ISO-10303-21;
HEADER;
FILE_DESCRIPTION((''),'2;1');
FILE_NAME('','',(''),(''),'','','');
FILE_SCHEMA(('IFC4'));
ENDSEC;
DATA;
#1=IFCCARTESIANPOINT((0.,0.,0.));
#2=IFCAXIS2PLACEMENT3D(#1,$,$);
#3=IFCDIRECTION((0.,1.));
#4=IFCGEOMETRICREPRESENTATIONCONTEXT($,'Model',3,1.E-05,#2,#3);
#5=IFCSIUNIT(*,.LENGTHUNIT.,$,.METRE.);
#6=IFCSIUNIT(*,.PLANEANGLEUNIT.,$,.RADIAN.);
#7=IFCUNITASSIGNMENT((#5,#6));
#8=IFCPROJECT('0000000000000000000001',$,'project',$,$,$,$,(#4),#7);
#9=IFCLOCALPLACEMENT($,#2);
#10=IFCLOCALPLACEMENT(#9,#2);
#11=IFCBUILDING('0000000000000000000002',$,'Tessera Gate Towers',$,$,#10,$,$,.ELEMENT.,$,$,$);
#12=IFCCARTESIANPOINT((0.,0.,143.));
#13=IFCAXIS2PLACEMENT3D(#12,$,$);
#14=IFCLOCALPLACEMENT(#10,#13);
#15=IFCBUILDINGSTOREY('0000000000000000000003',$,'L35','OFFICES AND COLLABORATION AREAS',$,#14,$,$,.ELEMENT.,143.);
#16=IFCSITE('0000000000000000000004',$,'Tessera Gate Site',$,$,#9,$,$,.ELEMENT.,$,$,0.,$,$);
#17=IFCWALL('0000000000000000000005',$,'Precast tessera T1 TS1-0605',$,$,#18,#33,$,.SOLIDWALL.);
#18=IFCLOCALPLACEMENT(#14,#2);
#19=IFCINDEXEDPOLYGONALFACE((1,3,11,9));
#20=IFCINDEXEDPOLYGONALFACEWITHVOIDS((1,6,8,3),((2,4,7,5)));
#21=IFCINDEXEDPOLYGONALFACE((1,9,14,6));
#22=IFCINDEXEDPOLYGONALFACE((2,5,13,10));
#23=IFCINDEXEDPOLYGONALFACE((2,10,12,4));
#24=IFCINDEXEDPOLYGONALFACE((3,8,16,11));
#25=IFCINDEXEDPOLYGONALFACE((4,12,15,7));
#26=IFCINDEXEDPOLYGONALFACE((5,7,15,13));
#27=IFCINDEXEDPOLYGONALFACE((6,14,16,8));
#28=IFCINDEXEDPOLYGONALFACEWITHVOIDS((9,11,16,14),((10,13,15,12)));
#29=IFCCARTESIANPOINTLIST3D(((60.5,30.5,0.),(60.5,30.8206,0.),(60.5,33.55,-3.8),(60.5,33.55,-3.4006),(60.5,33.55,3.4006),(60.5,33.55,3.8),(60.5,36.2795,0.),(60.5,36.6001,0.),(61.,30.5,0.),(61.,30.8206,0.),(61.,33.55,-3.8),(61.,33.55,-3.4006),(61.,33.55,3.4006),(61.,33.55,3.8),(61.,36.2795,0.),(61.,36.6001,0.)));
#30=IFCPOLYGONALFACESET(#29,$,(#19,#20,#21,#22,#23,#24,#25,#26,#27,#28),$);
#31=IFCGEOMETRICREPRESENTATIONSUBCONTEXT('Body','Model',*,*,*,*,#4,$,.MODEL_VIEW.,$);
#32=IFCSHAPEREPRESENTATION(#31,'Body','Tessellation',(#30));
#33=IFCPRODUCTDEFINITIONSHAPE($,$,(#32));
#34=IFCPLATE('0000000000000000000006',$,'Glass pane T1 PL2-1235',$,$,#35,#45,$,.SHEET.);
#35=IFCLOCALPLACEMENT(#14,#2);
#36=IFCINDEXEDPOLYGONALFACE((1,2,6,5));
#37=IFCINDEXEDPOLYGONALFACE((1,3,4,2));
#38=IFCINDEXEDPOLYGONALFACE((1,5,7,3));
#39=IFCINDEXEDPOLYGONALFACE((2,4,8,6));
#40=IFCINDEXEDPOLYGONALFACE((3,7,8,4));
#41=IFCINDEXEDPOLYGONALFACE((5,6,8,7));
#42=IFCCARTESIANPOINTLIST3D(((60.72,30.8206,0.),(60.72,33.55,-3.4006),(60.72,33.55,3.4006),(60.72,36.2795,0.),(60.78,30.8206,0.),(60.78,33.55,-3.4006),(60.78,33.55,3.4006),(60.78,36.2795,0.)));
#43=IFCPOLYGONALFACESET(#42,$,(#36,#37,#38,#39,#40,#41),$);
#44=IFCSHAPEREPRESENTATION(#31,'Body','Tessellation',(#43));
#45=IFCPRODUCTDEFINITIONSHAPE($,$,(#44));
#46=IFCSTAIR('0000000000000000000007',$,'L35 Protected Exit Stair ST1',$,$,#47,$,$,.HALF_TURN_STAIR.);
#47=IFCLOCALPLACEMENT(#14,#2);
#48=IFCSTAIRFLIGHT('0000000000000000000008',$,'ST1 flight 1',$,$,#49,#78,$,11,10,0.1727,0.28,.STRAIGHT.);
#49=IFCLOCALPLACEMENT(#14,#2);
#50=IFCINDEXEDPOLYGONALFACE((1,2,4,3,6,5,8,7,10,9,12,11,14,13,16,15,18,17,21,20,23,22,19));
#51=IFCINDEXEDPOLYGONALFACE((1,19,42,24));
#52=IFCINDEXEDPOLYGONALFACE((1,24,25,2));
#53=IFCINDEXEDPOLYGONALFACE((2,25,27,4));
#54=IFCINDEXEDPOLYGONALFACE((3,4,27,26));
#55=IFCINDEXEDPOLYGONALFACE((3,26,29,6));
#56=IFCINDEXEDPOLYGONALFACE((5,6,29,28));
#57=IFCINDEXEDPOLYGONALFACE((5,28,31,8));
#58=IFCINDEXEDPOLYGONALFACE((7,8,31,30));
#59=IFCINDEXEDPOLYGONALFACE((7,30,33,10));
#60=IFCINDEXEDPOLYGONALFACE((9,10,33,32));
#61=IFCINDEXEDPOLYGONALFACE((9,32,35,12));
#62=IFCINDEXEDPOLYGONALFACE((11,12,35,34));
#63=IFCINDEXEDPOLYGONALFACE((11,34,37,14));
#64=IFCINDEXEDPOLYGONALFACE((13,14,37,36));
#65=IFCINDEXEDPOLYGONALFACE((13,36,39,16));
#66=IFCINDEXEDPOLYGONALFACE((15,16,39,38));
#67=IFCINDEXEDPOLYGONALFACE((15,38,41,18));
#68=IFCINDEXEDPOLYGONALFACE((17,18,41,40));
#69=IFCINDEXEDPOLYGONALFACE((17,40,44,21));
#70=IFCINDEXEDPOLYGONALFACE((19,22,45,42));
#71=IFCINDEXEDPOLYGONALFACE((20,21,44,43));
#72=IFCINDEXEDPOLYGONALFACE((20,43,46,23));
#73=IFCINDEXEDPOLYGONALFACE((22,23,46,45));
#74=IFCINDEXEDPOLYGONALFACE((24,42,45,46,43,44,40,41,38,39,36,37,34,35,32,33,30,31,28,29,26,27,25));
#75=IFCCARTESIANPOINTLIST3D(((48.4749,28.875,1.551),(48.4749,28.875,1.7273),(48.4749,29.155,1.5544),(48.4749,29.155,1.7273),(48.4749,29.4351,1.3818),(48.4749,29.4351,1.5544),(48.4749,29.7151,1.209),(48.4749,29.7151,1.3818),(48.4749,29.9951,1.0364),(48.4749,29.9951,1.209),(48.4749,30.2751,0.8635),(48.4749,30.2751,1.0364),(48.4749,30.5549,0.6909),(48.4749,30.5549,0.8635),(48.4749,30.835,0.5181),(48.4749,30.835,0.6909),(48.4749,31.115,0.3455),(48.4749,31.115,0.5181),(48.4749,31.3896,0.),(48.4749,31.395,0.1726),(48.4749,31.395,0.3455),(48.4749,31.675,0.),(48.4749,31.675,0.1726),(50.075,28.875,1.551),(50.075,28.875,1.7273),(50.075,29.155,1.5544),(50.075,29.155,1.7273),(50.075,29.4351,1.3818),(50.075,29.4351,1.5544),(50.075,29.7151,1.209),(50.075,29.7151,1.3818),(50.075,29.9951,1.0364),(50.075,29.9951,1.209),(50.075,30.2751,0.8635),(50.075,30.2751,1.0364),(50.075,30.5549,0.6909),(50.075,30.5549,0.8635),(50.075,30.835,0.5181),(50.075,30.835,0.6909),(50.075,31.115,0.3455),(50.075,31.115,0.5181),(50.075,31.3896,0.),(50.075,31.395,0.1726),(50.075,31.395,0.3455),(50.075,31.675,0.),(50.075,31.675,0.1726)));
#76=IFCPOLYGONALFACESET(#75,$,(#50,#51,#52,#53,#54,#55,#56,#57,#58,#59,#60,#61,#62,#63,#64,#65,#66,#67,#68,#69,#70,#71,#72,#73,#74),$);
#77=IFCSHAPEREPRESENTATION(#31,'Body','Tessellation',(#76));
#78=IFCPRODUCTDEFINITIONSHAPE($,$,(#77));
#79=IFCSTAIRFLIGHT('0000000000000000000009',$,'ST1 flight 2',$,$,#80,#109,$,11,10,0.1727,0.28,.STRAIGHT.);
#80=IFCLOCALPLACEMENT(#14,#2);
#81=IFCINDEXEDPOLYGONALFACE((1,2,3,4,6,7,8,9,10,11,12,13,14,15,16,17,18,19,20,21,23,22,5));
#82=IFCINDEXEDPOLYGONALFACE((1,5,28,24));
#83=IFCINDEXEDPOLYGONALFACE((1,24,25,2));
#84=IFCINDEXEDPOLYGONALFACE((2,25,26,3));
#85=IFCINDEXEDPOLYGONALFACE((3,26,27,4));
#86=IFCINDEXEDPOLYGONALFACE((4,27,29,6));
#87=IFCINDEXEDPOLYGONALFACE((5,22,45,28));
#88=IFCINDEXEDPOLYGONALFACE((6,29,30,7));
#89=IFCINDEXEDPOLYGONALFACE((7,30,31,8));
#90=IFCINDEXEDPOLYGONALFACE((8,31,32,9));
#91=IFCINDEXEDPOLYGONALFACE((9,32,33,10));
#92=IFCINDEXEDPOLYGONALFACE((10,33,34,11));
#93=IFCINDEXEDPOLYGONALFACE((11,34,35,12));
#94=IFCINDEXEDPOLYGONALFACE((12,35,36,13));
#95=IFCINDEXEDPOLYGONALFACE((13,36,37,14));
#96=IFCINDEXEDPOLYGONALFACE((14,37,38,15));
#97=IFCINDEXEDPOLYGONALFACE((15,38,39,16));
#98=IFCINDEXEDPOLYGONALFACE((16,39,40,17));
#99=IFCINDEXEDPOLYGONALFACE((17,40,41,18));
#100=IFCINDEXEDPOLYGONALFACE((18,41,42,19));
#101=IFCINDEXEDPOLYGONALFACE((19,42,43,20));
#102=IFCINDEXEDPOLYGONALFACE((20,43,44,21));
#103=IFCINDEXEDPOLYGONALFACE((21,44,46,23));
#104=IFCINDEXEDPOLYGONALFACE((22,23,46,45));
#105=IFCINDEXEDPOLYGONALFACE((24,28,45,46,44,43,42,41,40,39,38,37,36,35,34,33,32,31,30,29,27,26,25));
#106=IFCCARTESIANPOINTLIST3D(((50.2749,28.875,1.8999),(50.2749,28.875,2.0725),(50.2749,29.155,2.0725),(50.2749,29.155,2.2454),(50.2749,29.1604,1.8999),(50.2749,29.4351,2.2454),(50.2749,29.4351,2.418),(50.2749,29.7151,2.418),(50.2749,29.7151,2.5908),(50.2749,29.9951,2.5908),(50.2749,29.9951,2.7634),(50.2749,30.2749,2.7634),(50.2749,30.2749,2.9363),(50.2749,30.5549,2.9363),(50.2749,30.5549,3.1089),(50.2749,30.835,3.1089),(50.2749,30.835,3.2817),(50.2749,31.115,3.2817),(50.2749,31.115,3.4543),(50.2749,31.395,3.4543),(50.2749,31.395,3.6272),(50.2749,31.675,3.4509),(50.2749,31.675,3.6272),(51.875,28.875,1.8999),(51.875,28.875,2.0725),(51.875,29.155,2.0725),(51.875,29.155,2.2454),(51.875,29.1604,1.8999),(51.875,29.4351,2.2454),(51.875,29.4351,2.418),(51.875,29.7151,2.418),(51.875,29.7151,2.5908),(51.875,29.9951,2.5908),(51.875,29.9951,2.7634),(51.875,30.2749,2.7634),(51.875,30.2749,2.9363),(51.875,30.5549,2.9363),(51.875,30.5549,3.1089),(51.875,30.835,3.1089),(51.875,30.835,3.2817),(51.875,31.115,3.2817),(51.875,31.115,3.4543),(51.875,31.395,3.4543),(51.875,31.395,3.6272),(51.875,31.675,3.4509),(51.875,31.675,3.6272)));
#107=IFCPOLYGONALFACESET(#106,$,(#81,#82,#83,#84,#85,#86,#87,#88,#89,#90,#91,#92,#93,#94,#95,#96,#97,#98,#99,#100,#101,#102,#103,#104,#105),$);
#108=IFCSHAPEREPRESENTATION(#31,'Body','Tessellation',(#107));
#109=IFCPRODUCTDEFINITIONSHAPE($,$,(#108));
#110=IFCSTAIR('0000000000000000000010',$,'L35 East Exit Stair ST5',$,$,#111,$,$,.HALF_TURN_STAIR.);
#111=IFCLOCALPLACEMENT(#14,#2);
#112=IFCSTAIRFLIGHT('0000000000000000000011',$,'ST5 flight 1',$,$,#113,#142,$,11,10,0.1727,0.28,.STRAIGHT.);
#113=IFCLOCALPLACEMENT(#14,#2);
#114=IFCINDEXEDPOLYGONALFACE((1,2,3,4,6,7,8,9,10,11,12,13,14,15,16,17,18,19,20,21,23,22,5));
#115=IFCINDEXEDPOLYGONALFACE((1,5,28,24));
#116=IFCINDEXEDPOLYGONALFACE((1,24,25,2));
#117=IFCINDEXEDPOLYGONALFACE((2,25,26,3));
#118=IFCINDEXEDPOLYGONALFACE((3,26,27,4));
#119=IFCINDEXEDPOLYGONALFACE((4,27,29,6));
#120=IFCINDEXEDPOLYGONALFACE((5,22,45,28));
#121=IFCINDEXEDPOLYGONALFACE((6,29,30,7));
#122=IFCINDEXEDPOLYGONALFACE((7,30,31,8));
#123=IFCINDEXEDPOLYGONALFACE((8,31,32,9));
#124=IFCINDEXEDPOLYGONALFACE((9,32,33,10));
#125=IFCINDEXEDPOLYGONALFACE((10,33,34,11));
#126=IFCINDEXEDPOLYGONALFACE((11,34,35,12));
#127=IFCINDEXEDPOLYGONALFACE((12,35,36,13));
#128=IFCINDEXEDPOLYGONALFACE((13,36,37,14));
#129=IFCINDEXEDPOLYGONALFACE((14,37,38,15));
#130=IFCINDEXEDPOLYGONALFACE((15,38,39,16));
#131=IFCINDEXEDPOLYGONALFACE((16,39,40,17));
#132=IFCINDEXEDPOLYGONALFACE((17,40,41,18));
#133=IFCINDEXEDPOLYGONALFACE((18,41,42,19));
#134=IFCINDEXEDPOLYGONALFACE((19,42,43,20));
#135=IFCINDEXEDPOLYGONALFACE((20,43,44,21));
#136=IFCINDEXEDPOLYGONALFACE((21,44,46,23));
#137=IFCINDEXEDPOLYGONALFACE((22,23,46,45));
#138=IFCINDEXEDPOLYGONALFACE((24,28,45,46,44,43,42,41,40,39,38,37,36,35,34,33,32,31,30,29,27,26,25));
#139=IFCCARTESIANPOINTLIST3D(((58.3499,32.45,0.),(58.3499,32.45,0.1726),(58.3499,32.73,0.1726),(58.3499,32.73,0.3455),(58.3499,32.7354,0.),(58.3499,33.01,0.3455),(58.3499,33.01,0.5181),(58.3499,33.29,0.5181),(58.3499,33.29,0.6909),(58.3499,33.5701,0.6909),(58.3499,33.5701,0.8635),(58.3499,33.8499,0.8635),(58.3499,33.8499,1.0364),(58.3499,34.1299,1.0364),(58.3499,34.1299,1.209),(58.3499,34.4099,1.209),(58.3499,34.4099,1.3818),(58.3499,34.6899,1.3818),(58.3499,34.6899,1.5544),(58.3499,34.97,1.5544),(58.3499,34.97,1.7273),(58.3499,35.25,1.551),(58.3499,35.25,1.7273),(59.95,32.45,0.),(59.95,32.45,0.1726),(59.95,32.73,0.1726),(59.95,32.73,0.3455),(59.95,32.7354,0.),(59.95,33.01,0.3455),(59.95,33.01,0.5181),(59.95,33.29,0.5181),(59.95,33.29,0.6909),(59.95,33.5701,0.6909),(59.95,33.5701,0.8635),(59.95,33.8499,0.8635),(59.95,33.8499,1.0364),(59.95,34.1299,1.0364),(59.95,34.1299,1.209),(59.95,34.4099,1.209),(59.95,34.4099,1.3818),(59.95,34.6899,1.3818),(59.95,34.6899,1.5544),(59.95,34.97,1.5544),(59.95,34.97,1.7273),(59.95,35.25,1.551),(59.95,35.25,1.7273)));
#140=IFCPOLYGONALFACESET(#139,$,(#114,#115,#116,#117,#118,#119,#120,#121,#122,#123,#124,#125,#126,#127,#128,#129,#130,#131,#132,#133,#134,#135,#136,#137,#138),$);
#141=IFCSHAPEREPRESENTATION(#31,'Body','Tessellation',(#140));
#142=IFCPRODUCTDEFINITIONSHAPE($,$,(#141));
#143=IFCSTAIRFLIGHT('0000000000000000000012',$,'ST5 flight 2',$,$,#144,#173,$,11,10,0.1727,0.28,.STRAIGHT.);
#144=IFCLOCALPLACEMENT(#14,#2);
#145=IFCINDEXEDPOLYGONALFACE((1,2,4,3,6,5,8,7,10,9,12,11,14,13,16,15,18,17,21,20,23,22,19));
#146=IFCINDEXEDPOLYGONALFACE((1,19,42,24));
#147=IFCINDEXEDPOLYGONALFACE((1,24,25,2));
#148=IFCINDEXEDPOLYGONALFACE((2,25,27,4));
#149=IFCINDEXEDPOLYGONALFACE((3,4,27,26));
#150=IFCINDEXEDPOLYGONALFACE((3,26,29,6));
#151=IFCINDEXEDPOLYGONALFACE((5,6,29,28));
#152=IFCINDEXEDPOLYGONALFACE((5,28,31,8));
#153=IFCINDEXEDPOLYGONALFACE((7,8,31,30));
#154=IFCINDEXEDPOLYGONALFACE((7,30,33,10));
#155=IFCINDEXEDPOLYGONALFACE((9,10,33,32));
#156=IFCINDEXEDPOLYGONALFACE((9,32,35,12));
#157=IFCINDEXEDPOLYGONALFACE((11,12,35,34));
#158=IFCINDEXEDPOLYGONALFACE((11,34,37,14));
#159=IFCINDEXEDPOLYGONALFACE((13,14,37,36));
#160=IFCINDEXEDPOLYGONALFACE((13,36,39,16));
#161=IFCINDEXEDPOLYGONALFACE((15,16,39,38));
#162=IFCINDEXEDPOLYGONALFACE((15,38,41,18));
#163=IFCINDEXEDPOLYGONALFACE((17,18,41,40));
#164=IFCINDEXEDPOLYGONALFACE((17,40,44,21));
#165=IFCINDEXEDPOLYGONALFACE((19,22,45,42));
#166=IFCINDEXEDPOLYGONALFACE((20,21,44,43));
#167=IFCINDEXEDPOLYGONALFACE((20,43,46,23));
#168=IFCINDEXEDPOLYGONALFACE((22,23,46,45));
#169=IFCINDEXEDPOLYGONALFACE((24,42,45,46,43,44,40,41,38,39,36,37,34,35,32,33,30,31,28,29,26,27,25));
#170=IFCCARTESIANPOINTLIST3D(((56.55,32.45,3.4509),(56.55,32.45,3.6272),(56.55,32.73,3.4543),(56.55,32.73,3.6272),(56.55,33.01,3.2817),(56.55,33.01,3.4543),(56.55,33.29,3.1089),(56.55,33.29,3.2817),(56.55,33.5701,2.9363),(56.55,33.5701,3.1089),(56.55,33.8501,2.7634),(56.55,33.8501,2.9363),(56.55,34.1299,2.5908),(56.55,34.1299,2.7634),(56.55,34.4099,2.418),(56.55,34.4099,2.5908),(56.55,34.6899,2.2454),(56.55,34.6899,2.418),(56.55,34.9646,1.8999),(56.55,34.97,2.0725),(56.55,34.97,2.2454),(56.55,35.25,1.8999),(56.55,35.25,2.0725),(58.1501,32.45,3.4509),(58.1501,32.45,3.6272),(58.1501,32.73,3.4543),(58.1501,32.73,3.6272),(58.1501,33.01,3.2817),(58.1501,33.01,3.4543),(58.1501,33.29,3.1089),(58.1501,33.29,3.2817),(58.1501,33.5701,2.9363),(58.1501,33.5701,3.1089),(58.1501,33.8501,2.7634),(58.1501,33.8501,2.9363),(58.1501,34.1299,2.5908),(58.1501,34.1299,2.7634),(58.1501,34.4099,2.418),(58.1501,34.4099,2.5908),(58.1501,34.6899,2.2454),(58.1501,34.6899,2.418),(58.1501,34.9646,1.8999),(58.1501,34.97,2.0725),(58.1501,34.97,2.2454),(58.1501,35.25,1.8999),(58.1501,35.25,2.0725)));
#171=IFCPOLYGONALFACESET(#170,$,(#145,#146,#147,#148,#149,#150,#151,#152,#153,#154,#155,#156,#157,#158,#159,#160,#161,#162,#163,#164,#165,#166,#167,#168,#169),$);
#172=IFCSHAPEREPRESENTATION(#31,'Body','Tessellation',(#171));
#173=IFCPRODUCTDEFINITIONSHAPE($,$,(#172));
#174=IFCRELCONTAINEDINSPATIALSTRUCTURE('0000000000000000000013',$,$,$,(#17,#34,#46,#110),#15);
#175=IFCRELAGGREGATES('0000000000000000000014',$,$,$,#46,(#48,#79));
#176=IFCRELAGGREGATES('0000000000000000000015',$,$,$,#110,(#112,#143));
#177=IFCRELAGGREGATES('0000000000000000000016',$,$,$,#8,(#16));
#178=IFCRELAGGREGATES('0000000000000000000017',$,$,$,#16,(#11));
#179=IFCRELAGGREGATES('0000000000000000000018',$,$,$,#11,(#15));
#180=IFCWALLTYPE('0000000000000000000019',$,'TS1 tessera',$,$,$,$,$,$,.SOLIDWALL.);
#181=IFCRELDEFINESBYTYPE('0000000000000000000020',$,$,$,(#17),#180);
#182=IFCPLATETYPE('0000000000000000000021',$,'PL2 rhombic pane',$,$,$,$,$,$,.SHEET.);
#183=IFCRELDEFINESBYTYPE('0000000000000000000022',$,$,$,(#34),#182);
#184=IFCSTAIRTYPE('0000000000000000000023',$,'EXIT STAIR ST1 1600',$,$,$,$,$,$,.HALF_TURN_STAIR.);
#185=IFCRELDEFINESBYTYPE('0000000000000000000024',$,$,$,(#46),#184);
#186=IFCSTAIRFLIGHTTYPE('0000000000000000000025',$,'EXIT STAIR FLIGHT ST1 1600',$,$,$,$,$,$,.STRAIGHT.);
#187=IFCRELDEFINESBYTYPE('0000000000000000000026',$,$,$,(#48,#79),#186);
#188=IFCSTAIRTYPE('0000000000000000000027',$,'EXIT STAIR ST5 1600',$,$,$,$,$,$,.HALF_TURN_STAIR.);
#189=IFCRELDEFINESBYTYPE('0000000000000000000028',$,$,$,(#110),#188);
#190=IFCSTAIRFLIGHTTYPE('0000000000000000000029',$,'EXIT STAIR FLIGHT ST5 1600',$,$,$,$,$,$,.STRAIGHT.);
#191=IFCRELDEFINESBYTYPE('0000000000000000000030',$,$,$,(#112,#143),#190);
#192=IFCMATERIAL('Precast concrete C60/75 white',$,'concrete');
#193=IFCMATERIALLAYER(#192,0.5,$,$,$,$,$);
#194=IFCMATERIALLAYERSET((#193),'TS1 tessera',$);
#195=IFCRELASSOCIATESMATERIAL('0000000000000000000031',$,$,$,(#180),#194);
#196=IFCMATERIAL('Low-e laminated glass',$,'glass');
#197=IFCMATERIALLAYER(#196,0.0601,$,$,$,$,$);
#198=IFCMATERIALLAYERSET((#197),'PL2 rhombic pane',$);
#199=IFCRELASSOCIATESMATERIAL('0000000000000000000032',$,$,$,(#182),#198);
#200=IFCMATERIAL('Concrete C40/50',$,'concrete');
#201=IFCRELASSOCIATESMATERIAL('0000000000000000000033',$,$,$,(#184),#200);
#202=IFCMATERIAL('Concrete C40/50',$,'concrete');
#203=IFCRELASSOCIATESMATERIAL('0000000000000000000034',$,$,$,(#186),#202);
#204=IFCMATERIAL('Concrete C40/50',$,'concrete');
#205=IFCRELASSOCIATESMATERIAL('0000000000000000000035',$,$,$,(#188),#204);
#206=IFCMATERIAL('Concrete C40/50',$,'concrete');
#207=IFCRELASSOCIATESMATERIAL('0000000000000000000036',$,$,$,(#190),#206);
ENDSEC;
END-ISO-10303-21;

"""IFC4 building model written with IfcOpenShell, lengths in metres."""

from ifc_helpers import new_model, si_unit, direction, frame, origin, place, context, subcontext, project, spatial, polyline, outline, extrude, source, transform, mapped, material, layer, layer_set, type_object, element, fill, aggregate, save


model = new_model("IFC4")

# Units and contexts
model_context = context("Model", 3, precision=1e-05, world=origin(), true_north=direction((0.0, 1.0)))
body_context = subcontext(model_context, "Body", "Model", "MODEL_VIEW")
ifc_project = project(units=[si_unit("LENGTHUNIT", "METRE"), si_unit("PLANEANGLEUNIT", "RADIAN")], contexts=[model_context])

# Site, building, storey
site_placement = place(None, origin())
site = spatial("IfcSite", under=ifc_project, at=site_placement, Name="Tessera Gate Site", CompositionType="ELEMENT", RefElevation=0.0)
building_placement = place(site_placement, origin())
building = spatial("IfcBuilding", under=site, at=building_placement, Name="Tessera Gate Towers", CompositionType="ELEMENT")
storey_placement = place(building_placement, frame((0.0, 0.0, 143.0)))
storey = spatial("IfcBuildingStorey", under=building, at=storey_placement, Name="L35", Description="OFFICES AND COLLABORATION AREAS", CompositionType="ELEMENT", Elevation=143.0)

# Wall, opening, plate
ifc_material_1 = material(Name="Precast concrete C60/75 white", Category="concrete")
ifc_layer_1 = layer(ifc_material_1, 0.5)
ifc_layer_set_1 = layer_set([ifc_layer_1], Name="TS1 tessera")
wall_type_1 = type_object("IfcWallType", Name="TS1 tessera", PredefinedType="SOLIDWALL", material=ifc_layer_set_1)
shared_shape_1 = source(origin(), body_context, "Body", "SweptSolid", [
    extrude(outline(polyline([(3.05, 0.0), (6.1001, 3.8), (3.05, 7.6001), (0.0, 3.8), (3.05, 0.0)])), frame((0.0, 0.25, 0.0), z_axis=(0.0, -1.0, 0.0), x_axis=(1.0, 0.0, 0.0)), (0.0, 0.0, 1.0), 0.5),
])
wall_1_placement = place(storey_placement, frame((60.75, 30.5, -3.8), z_axis=(0.0, 0.0, 1.0), x_axis=(0.0, 1.0, 0.0)))
wall_1 = element("IfcWall", 1, at=wall_1_placement, inside=storey, type_object=wall_type_1, Name="Precast tessera T1 TS1-0605", PredefinedType="SOLIDWALL", context=body_context, shape_type="MappedRepresentation", body=[
    mapped(shared_shape_1, transform((0.0, 0.0, 0.0), scale=1.0)),
])
shared_shape_2 = source(origin(), body_context, "Body", "SweptSolid", [
    extrude(outline(polyline([(3.05, 0.3994), (5.7795, 3.8), (3.05, 7.2007), (0.3206, 3.8), (3.05, 0.3994)])), frame((0.0, 0.26, 0.0), z_axis=(0.0, -1.0, 0.0), x_axis=(1.0, 0.0, 0.0)), (0.0, 0.0, 1.0), 0.52),
])
opening_1_placement = place(wall_1_placement, origin())
opening_1 = element("IfcOpeningElement", 2, at=opening_1_placement, cuts=wall_1, PredefinedType="OPENING", context=body_context, shape_type="MappedRepresentation", body=[
    mapped(shared_shape_2, transform((0.0, 0.0, 0.0), scale=1.0)),
])
ifc_material_2 = material(Name="Low-e laminated glass", Category="glass")
ifc_layer_2 = layer(ifc_material_2, 0.0601)
ifc_layer_set_2 = layer_set([ifc_layer_2], Name="PL2 rhombic pane")
plate_type = type_object("IfcPlateType", Name="PL2 rhombic pane", PredefinedType="SHEET", material=ifc_layer_set_2)
shared_shape_3 = source(origin(), body_context, "Body", "SweptSolid", [
    extrude(outline(polyline([(3.05, 0.3994), (5.7795, 3.8), (3.05, 7.2007), (0.3206, 3.8), (3.05, 0.3994)])), frame((0.0, 0.03, 0.0), z_axis=(0.0, -1.0, 0.0), x_axis=(1.0, 0.0, 0.0)), (0.0, 0.0, 1.0), 0.0601),
])
plate_placement = place(opening_1_placement, origin())
plate = element("IfcPlate", 3, at=plate_placement, inside=storey, type_object=plate_type, Name="Glass pane T1 PL2-1235", PredefinedType="SHEET", context=body_context, shape_type="MappedRepresentation", body=[
    mapped(shared_shape_3, transform((0.0, 0.0, 0.0), scale=1.0)),
])
fill(opening_1, plate)

# Stairs, stair flights
ifc_material_3 = material(Name="Concrete C40/50", Category="concrete")
stair_type_1 = type_object("IfcStairType", Name="EXIT STAIR ST1 1600", PredefinedType="HALF_TURN_STAIR", material=ifc_material_3)
stair_1_placement = place(storey_placement, origin())
stair_1 = element("IfcStair", 4, at=stair_1_placement, inside=storey, type_object=stair_type_1, Name="L35 Protected Exit Stair ST1", PredefinedType="HALF_TURN_STAIR")
ifc_material_4 = material(Name="Concrete C40/50", Category="concrete")
stair_flight_type_1 = type_object("IfcStairFlightType", Name="EXIT STAIR FLIGHT ST1 1600", PredefinedType="STRAIGHT", material=ifc_material_4)
stair_flight_1_placement = place(storey_placement, frame((49.2749, 31.675, 0.0), z_axis=(0.0, 0.0, 1.0), x_axis=(0.0, -1.0, 0.0)))
stair_flight_1 = element("IfcStairFlight", 5, at=stair_flight_1_placement, type_object=stair_flight_type_1, Name="ST1 flight 1", NumberOfRisers=11, NumberOfTreads=10, PredefinedType="STRAIGHT", RiserHeight=0.1727, TreadLength=0.28, context=body_context, shape_type="SweptSolid", body=[
    extrude(outline(polyline([(0.0, 0.0), (0.0, 0.1726), (0.28, 0.1726), (0.28, 0.3455), (0.5601, 0.3455), (0.5601, 0.5181), (0.8401, 0.5181), (0.8401, 0.6909), (1.1201, 0.6909), (1.1201, 0.8635), (1.3999, 0.8635), (1.3999, 1.0364), (1.6799, 1.0364), (1.6799, 1.209), (1.96, 1.209), (1.96, 1.3818), (2.24, 1.3818), (2.24, 1.5544), (2.52, 1.5544), (2.52, 1.7273), (2.8, 1.7273), (2.8, 1.8999), (2.8, 1.551), (0.2854, 0.0), (0.0, 0.0)])), frame((0.0, 0.8, 0.0), z_axis=(0.0, -1.0, 0.0), x_axis=(1.0, 0.0, 0.0)), (0.0, 0.0, 1.0), 1.6001),
])
stair_flight_2_placement = place(storey_placement, frame((51.075, 28.875, 1.8999), z_axis=(0.0, 0.0, 1.0), x_axis=(0.0, 1.0, 0.0)))
stair_flight_2 = element("IfcStairFlight", 6, at=stair_flight_2_placement, type_object=stair_flight_type_1, Name="ST1 flight 2", NumberOfRisers=11, NumberOfTreads=10, PredefinedType="STRAIGHT", RiserHeight=0.1727, TreadLength=0.28, context=body_context, shape_type="SweptSolid", body=[
    extrude(outline(polyline([(0.0, 0.0), (0.0, 0.1726), (0.28, 0.1726), (0.28, 0.3455), (0.5601, 0.3455), (0.5601, 0.5181), (0.8401, 0.5181), (0.8401, 0.6909), (1.1201, 0.6909), (1.1201, 0.8635), (1.3999, 0.8635), (1.3999, 1.0364), (1.6799, 1.0364), (1.6799, 1.209), (1.96, 1.209), (1.96, 1.3818), (2.24, 1.3818), (2.24, 1.5544), (2.52, 1.5544), (2.52, 1.7273), (2.8, 1.7273), (2.8, 1.8999), (2.8, 1.551), (0.2854, 0.0), (0.0, 0.0)])), frame((0.0, 0.8, 0.0), z_axis=(0.0, -1.0, 0.0), x_axis=(1.0, 0.0, 0.0)), (0.0, 0.0, 1.0), 1.6001),
])
aggregate(stair_1, [stair_flight_1, stair_flight_2])
ifc_material_5 = material(Name="Concrete C40/50", Category="concrete")
stair_type_2 = type_object("IfcStairType", Name="EXIT STAIR ST5 1600", PredefinedType="HALF_TURN_STAIR", material=ifc_material_5)
stair_2_placement = place(storey_placement, origin())
stair_2 = element("IfcStair", 7, at=stair_2_placement, inside=storey, type_object=stair_type_2, Name="L35 East Exit Stair ST5", PredefinedType="HALF_TURN_STAIR")
ifc_material_6 = material(Name="Concrete C40/50", Category="concrete")
stair_flight_type_2 = type_object("IfcStairFlightType", Name="EXIT STAIR FLIGHT ST5 1600", PredefinedType="STRAIGHT", material=ifc_material_6)
stair_flight_3_placement = place(storey_placement, frame((59.1499, 32.45, 0.0), z_axis=(0.0, 0.0, 1.0), x_axis=(0.0, 1.0, 0.0)))
stair_flight_3 = element("IfcStairFlight", 8, at=stair_flight_3_placement, type_object=stair_flight_type_2, Name="ST5 flight 1", NumberOfRisers=11, NumberOfTreads=10, PredefinedType="STRAIGHT", RiserHeight=0.1727, TreadLength=0.28, context=body_context, shape_type="SweptSolid", body=[
    extrude(outline(polyline([(0.0, 0.0), (0.0, 0.1726), (0.28, 0.1726), (0.28, 0.3455), (0.5601, 0.3455), (0.5601, 0.5181), (0.8401, 0.5181), (0.8401, 0.6909), (1.1201, 0.6909), (1.1201, 0.8635), (1.3999, 0.8635), (1.3999, 1.0364), (1.6799, 1.0364), (1.6799, 1.209), (1.96, 1.209), (1.96, 1.3818), (2.24, 1.3818), (2.24, 1.5544), (2.52, 1.5544), (2.52, 1.7273), (2.8, 1.7273), (2.8, 1.8999), (2.8, 1.551), (0.2854, 0.0), (0.0, 0.0)])), frame((0.0, 0.8, 0.0), z_axis=(0.0, -1.0, 0.0), x_axis=(1.0, 0.0, 0.0)), (0.0, 0.0, 1.0), 1.6001),
])
stair_flight_4_placement = place(storey_placement, frame((57.3501, 35.25, 1.8999), z_axis=(0.0, 0.0, 1.0), x_axis=(0.0, -1.0, 0.0)))
stair_flight_4 = element("IfcStairFlight", 9, at=stair_flight_4_placement, type_object=stair_flight_type_2, Name="ST5 flight 2", NumberOfRisers=11, NumberOfTreads=10, PredefinedType="STRAIGHT", RiserHeight=0.1727, TreadLength=0.28, context=body_context, shape_type="SweptSolid", body=[
    extrude(outline(polyline([(0.0, 0.0), (0.0, 0.1726), (0.28, 0.1726), (0.28, 0.3455), (0.5601, 0.3455), (0.5601, 0.5181), (0.8401, 0.5181), (0.8401, 0.6909), (1.1201, 0.6909), (1.1201, 0.8635), (1.3999, 0.8635), (1.3999, 1.0364), (1.6799, 1.0364), (1.6799, 1.209), (1.96, 1.209), (1.96, 1.3818), (2.24, 1.3818), (2.24, 1.5544), (2.52, 1.5544), (2.52, 1.7273), (2.8, 1.7273), (2.8, 1.8999), (2.8, 1.551), (0.2854, 0.0), (0.0, 0.0)])), frame((0.0, 0.8, 0.0), z_axis=(0.0, -1.0, 0.0), x_axis=(1.0, 0.0, 0.0)), (0.0, 0.0, 1.0), 1.6001),
])
aggregate(stair_2, [stair_flight_3, stair_flight_4])

save(model, "model.ifc")
